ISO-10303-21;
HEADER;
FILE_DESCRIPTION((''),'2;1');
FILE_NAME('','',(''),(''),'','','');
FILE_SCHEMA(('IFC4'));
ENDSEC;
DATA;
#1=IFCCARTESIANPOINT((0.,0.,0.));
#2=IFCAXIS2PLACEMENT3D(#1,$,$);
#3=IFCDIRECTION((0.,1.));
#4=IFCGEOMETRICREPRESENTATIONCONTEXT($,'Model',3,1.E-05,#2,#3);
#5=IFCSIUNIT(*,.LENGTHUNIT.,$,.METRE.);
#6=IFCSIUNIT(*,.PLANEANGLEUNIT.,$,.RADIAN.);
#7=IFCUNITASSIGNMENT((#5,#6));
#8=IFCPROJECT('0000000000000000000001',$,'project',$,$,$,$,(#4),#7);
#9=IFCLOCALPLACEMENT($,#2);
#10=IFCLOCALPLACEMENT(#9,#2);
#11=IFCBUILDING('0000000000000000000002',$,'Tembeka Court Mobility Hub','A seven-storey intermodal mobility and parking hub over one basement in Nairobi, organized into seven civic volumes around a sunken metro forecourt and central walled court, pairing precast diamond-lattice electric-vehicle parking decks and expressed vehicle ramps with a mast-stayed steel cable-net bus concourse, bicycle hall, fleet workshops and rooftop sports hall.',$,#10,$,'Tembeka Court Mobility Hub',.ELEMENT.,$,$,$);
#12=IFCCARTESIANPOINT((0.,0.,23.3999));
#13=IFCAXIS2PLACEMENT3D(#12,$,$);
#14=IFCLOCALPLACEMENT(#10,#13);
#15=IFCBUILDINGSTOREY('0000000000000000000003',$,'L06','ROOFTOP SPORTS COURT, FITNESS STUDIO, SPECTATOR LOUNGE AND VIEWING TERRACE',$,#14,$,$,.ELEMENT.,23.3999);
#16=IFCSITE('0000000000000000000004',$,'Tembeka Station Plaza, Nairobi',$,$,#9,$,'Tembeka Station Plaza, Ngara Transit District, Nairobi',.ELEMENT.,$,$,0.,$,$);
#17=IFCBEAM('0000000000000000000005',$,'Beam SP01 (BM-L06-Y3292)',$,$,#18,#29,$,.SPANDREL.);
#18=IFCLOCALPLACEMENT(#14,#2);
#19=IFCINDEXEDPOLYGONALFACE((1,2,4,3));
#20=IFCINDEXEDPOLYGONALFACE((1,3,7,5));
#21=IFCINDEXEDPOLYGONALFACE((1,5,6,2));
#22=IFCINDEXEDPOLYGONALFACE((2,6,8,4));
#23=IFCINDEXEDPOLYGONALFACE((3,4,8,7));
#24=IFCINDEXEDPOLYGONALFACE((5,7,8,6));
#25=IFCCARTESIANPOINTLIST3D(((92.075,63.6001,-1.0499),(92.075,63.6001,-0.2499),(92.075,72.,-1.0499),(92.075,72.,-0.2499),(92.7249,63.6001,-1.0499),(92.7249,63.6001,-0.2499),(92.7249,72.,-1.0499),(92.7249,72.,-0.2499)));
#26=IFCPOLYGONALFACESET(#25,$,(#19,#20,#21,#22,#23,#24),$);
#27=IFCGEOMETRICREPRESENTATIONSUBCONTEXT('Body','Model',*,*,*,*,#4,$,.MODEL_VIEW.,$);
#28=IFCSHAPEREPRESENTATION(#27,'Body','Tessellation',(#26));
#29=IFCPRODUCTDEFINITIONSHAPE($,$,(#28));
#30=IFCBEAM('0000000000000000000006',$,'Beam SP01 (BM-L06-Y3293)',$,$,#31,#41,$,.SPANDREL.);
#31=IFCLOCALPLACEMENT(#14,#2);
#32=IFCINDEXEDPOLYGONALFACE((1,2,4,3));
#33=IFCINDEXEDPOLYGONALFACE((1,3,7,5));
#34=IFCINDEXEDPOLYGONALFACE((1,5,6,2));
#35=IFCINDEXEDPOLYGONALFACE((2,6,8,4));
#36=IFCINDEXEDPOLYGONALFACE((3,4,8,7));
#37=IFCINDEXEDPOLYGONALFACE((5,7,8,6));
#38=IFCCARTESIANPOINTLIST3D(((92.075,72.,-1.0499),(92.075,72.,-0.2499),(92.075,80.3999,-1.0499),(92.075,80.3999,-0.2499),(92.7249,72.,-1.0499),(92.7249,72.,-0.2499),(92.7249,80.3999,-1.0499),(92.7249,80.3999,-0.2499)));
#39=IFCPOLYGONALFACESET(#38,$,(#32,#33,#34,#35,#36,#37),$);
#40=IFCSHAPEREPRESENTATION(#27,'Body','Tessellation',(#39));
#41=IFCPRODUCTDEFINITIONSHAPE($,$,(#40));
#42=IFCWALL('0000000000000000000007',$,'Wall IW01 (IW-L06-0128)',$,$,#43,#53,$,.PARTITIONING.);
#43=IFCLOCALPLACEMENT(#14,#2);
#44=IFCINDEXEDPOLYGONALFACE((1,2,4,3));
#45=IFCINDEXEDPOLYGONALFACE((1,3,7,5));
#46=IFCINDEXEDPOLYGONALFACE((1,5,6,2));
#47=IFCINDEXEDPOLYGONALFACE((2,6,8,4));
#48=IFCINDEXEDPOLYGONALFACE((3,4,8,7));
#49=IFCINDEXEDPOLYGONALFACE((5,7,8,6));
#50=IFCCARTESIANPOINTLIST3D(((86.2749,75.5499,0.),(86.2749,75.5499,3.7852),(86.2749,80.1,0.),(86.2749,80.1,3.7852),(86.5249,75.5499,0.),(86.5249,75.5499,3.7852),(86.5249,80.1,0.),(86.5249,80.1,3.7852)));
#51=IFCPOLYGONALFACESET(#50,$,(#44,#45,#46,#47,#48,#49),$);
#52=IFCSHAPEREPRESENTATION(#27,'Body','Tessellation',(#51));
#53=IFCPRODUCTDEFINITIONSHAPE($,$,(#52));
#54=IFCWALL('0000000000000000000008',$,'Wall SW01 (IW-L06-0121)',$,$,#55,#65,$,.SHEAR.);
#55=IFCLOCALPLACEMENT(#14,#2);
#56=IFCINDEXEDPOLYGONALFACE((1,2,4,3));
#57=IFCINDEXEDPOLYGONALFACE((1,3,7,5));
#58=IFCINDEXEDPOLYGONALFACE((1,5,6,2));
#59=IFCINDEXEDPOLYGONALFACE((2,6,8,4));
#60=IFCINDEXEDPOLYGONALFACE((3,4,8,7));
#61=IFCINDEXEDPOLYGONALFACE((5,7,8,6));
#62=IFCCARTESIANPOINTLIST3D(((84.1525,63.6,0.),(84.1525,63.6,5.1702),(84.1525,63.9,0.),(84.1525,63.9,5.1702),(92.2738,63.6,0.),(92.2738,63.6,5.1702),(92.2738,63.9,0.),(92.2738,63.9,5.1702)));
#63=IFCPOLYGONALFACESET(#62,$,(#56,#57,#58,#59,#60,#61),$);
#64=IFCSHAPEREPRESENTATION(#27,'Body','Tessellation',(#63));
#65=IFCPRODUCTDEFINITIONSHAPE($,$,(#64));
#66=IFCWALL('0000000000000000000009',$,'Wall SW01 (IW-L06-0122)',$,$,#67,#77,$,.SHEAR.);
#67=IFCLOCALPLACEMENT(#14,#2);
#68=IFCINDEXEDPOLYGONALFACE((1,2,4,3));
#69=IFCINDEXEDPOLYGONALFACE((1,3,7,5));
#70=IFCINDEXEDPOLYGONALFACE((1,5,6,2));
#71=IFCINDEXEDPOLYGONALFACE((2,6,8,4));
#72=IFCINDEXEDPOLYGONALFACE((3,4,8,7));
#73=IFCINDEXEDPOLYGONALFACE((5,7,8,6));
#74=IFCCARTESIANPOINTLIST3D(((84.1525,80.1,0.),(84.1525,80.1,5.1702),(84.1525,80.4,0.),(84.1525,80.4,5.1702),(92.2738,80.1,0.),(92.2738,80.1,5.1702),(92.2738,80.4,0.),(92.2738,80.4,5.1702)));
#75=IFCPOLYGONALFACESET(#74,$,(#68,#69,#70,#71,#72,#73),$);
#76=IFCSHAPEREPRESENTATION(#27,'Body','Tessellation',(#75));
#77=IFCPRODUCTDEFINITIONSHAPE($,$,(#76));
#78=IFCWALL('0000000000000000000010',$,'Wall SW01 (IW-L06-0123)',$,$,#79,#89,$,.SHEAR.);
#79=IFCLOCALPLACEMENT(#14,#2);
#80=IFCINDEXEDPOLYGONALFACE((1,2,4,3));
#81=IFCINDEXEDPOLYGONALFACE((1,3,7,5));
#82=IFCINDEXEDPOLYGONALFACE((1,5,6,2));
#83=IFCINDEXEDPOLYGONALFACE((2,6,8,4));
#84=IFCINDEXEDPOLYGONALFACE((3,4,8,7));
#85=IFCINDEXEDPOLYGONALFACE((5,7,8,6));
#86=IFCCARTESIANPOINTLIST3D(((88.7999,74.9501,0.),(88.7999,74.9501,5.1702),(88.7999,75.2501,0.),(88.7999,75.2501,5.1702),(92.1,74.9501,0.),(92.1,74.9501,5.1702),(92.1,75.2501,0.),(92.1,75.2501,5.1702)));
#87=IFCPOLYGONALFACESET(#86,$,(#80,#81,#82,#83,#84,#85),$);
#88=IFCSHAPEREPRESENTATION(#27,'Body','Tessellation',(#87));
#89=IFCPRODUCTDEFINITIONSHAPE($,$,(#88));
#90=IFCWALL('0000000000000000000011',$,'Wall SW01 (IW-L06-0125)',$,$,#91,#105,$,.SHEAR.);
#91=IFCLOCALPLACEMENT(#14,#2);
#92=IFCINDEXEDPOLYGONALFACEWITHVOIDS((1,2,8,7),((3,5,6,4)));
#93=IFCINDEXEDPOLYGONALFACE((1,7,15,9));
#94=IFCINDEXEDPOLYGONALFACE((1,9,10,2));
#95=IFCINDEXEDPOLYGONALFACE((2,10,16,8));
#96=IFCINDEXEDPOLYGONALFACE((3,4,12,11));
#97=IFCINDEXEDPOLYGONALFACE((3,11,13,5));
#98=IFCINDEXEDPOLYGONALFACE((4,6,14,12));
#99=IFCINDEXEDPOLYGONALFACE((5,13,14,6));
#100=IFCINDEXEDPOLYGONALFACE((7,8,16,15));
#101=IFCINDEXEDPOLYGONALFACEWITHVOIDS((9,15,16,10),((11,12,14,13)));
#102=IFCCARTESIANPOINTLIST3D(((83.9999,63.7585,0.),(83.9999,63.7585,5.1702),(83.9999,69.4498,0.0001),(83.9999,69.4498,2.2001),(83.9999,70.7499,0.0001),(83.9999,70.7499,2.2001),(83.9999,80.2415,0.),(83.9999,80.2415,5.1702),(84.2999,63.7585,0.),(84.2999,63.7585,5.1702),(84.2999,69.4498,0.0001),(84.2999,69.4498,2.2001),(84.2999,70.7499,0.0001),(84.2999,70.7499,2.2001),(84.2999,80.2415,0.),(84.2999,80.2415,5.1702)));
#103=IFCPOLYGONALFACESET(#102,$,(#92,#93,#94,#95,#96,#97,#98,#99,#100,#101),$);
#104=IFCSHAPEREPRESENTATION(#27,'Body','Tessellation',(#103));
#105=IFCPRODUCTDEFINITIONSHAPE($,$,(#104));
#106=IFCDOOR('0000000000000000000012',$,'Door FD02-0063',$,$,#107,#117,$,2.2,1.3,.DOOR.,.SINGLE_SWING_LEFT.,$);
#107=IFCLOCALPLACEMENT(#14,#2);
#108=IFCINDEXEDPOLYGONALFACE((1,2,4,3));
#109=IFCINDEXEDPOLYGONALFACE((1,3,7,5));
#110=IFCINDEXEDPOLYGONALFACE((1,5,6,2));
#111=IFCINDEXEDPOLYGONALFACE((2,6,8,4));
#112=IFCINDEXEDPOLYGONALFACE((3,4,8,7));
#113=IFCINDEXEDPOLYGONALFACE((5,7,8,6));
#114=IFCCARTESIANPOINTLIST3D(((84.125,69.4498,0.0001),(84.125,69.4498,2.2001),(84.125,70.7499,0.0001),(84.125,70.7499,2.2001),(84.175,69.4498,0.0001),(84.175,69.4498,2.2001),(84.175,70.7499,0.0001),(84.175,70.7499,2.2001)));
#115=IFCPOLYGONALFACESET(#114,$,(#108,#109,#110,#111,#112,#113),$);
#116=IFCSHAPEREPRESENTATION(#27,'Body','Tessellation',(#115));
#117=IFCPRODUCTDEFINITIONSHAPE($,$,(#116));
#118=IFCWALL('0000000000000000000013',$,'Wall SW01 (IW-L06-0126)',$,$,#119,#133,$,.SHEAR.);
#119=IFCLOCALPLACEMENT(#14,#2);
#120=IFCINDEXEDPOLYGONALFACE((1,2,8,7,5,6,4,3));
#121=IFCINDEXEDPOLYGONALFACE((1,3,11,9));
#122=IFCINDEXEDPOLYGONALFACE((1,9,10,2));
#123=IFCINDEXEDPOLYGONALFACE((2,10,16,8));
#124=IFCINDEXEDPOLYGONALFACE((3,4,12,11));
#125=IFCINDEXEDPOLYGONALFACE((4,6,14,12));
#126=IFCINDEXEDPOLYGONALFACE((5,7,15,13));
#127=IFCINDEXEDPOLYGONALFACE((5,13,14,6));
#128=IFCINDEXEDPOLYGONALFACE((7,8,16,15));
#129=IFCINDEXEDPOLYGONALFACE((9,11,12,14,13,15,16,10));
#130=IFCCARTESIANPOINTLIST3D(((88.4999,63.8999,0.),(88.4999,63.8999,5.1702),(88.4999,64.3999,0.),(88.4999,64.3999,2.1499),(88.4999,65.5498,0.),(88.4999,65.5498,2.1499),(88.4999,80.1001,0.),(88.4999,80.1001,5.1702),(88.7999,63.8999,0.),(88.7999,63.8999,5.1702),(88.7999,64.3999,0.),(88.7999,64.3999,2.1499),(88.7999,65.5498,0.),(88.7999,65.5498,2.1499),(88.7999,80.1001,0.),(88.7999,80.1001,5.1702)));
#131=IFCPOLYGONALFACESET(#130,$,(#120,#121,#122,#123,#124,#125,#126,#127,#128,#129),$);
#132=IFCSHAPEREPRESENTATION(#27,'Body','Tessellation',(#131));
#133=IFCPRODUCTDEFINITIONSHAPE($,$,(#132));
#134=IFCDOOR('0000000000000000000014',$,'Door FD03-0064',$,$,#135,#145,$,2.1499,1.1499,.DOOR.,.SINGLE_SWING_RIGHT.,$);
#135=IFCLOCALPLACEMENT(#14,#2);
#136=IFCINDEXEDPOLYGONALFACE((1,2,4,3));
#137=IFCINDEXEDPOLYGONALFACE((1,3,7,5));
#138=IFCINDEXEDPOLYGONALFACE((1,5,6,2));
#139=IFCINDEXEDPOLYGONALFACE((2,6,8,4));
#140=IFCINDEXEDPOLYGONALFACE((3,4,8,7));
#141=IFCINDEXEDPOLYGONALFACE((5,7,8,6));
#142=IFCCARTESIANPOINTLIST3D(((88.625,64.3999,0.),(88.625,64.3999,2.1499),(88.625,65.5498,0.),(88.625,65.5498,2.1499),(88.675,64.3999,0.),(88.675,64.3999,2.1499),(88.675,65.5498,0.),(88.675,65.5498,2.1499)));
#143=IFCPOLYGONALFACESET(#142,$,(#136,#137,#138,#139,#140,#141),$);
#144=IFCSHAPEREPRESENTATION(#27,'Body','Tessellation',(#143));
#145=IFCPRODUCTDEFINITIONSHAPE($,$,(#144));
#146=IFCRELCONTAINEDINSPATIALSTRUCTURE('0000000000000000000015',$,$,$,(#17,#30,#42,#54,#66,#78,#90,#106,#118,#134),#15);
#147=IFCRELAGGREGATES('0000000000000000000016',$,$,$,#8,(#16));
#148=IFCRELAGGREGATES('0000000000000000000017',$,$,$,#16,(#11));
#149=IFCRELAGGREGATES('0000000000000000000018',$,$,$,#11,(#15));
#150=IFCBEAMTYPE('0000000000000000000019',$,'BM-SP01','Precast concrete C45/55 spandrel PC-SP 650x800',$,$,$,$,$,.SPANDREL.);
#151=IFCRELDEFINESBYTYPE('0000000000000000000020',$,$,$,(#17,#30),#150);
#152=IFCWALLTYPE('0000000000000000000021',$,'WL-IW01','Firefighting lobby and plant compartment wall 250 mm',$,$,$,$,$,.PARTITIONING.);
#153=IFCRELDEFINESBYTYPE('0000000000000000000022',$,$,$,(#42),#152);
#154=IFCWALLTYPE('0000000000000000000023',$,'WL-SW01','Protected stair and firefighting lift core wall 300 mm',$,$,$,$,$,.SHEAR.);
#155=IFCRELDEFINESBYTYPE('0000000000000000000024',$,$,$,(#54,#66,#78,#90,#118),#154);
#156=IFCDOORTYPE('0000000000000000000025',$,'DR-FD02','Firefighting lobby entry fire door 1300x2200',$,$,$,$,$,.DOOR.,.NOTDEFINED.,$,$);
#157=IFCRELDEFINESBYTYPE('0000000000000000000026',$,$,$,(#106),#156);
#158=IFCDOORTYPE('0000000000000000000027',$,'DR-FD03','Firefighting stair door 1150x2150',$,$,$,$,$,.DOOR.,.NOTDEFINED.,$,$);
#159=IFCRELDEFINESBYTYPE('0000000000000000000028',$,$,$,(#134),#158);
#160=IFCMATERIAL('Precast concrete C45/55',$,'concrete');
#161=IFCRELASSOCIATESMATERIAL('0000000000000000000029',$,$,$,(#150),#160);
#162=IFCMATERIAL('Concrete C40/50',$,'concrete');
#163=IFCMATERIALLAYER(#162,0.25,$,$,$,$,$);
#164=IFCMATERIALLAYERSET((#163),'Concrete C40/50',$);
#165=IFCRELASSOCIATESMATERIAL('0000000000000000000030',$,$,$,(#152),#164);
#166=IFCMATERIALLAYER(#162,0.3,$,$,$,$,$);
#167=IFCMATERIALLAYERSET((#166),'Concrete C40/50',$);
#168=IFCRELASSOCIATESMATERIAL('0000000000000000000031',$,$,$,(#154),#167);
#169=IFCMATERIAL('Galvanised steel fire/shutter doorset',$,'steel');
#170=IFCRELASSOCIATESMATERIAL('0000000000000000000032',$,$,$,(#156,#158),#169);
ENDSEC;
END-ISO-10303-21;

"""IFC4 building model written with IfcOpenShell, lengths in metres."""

from ifc_helpers import new_model, si_unit, direction, frame, frame_2d, origin, origin_2d, place, context, subcontext, project, spatial, rectangle, extrude, material, layer, layer_set, material_profile, profile_set, type_object, element, fill, save


model = new_model("IFC4")

# Units and contexts
model_context = context("Model", 3, precision=1e-05, world=origin(), true_north=direction((0.0, 1.0)))
body_context = subcontext(model_context, "Body", "Model", "MODEL_VIEW")
ifc_project = project(units=[si_unit("LENGTHUNIT", "METRE"), si_unit("PLANEANGLEUNIT", "RADIAN")], contexts=[model_context])

# Site, building, storey
site_placement = place(None, origin())
site = spatial("IfcSite", under=ifc_project, at=site_placement, Name="Tembeka Station Plaza, Nairobi", LongName="Tembeka Station Plaza, Ngara Transit District, Nairobi", CompositionType="ELEMENT", RefElevation=0.0)
building_placement = place(site_placement, origin())
building = spatial("IfcBuilding", under=site, at=building_placement, Name="Tembeka Court Mobility Hub", Description="A seven-storey intermodal mobility and parking hub over one basement in Nairobi, organized into seven civic volumes around a sunken metro forecourt and central walled court, pairing precast diamond-lattice electric-vehicle parking decks and expressed vehicle ramps with a mast-stayed steel cable-net bus concourse, bicycle hall, fleet workshops and rooftop sports hall.", LongName="Tembeka Court Mobility Hub", CompositionType="ELEMENT")
storey_placement = place(building_placement, frame((0.0, 0.0, 23.3999)))
storey = spatial("IfcBuildingStorey", under=building, at=storey_placement, Name="L06", Description="ROOFTOP SPORTS COURT, FITNESS STUDIO, SPECTATOR LOUNGE AND VIEWING TERRACE", CompositionType="ELEMENT", Elevation=23.3999)

# Beams
ifc_material_1 = material(Name="Precast concrete C45/55", Category="concrete")
ifc_material_profile_1 = material_profile(ifc_material_1, rectangle(XDim=0.6499, YDim=0.8, at=origin_2d()), Name="PC-SP 650x800")
ifc_profile_set_1 = profile_set([ifc_material_profile_1], Name="Precast concrete C45/55")
beam_type_1 = type_object("IfcBeamType", Name="BM-SP01", Description="Precast concrete C45/55 spandrel PC-SP 650x800", PredefinedType="SPANDREL", material=ifc_profile_set_1)
for number, where, z_axis, x_axis, name in (
    (1, (92.3999, 63.6001, -0.6499), (0.0, 1.0, 0.0), (-1.0, 0.0, 0.0), "Beam SP01 (BM-L06-Y3292)"),
    (2, (92.3999, 72.0, -0.6499), (0.0, 1.0, 0.0), (-1.0, 0.0, 0.0), "Beam SP01 (BM-L06-Y3293)"),
):
    element("IfcBeam", number, at=place(storey_placement, frame(where, z_axis=z_axis, x_axis=x_axis)), inside=storey, type_object=beam_type_1, Name=name, PredefinedType="SPANDREL", context=body_context, shape_type="SweptSolid", body=[
        extrude(rectangle(XDim=0.6499, YDim=0.8, at=origin_2d()), origin(), (0.0, 0.0, 1.0), 8.3999),
    ])

# Walls
ifc_material_2 = material(Name="Concrete C40/50", Category="concrete")
ifc_layer_1 = layer(ifc_material_2, 0.25)
ifc_layer_set_1 = layer_set([ifc_layer_1], Name="Concrete C40/50")
wall_type_1 = type_object("IfcWallType", Name="WL-IW01", Description="Firefighting lobby and plant compartment wall 250 mm", PredefinedType="PARTITIONING", material=ifc_layer_set_1)
wall_1_placement = place(storey_placement, frame((86.3999, 75.55, 0.0), z_axis=(0.0, 0.0, 1.0), x_axis=(0.0, 1.0, 0.0)))
element("IfcWall", 3, at=wall_1_placement, inside=storey, type_object=wall_type_1, Name="Wall IW01 (IW-L06-0128)", PredefinedType="PARTITIONING", context=body_context, shape_type="SweptSolid", body=[
    extrude(rectangle(XDim=4.55, YDim=0.25, at=frame_2d((2.2749, 0.0))), origin(), (0.0, 0.0, 1.0), 3.7852),
])
ifc_layer_2 = layer(ifc_material_2, 0.3)
ifc_layer_set_2 = layer_set([ifc_layer_2], Name="Concrete C40/50")
wall_type_2 = type_object("IfcWallType", Name="WL-SW01", Description="Protected stair and firefighting lift core wall 300 mm", PredefinedType="SHEAR", material=ifc_layer_set_2)
for number, where, z_axis, x_axis, name in (
    (4, (84.1526, 63.75, 0.0), (0.0, 0.0, 1.0), (1.0, 0.0, 0.0), "Wall SW01 (IW-L06-0121)"),
    (5, (84.1526, 80.25, 0.0), (0.0, 0.0, 1.0), (1.0, 0.0, 0.0), "Wall SW01 (IW-L06-0122)"),
):
    element("IfcWall", number, at=place(storey_placement, frame(where, z_axis=z_axis, x_axis=x_axis)), inside=storey, type_object=wall_type_2, Name=name, PredefinedType="SHEAR", context=body_context, shape_type="SweptSolid", body=[
        extrude(rectangle(XDim=8.1213, YDim=0.3, at=frame_2d((4.0605, 0.0))), origin(), (0.0, 0.0, 1.0), 5.1702),
    ])
wall_2_placement = place(storey_placement, frame((88.8, 75.1001, 0.0), z_axis=(0.0, 0.0, 1.0), x_axis=(1.0, 0.0, 0.0)))
element("IfcWall", 6, at=wall_2_placement, inside=storey, type_object=wall_type_2, Name="Wall SW01 (IW-L06-0123)", PredefinedType="SHEAR", context=body_context, shape_type="SweptSolid", body=[
    extrude(rectangle(XDim=3.3, YDim=0.3, at=frame_2d((1.6499, 0.0))), origin(), (0.0, 0.0, 1.0), 5.1702),
])

# Walls, openings, doors
wall_3_placement = place(storey_placement, frame((84.1499, 63.7585, 0.0), z_axis=(0.0, 0.0, 1.0), x_axis=(0.0, 1.0, 0.0)))
wall_3 = element("IfcWall", 7, at=wall_3_placement, inside=storey, type_object=wall_type_2, Name="Wall SW01 (IW-L06-0125)", PredefinedType="SHEAR", context=body_context, shape_type="SweptSolid", body=[
    extrude(rectangle(XDim=16.4829, YDim=0.3, at=frame_2d((8.2415, 0.0))), origin(), (0.0, 0.0, 1.0), 5.1702),
])
opening_1_placement = place(wall_3_placement, frame((5.6914, 0.0, 0.0)))
opening_1 = element("IfcOpeningElement", 8, at=opening_1_placement, cuts=wall_3, PredefinedType="OPENING", context=body_context, shape_type="SweptSolid", body=[
    extrude(rectangle(XDim=1.3, YDim=2.2, at=frame_2d((0.6499, 1.1001))), frame((0.0, 0.1602, 0.0), z_axis=(0.0, -1.0, 0.0), x_axis=(1.0, 0.0, 0.0)), (0.0, 0.0, 1.0), 0.3201),
])
ifc_material_3 = material(Name="Galvanised steel fire/shutter doorset", Category="steel")
door_type_1 = type_object("IfcDoorType", Name="DR-FD02", Description="Firefighting lobby entry fire door 1300x2200", OperationType="NOTDEFINED", PredefinedType="DOOR", material=ifc_material_3)
door_1_placement = place(opening_1_placement, origin())
door_1 = element("IfcDoor", 9, at=door_1_placement, inside=storey, type_object=door_type_1, Name="Door FD02-0063", OperationType="SINGLE_SWING_LEFT", OverallHeight=2.2, OverallWidth=1.3, PredefinedType="DOOR", context=body_context, shape_type="SweptSolid", body=[
    extrude(rectangle(XDim=1.3, YDim=2.2, at=frame_2d((0.6499, 1.1001))), frame((0.0, 0.0249, 0.0), z_axis=(0.0, -1.0, 0.0), x_axis=(1.0, 0.0, 0.0)), (0.0, 0.0, 1.0), 0.05),
])
fill(opening_1, door_1)
wall_4_placement = place(storey_placement, frame((88.6499, 63.8999, 0.0), z_axis=(0.0, 0.0, 1.0), x_axis=(0.0, 1.0, 0.0)))
wall_4 = element("IfcWall", 10, at=wall_4_placement, inside=storey, type_object=wall_type_2, Name="Wall SW01 (IW-L06-0126)", PredefinedType="SHEAR", context=body_context, shape_type="SweptSolid", body=[
    extrude(rectangle(XDim=16.2002, YDim=0.3, at=frame_2d((8.1001, 0.0))), origin(), (0.0, 0.0, 1.0), 5.1702),
])
opening_2_placement = place(wall_4_placement, frame((0.5, 0.0, 0.0)))
opening_2 = element("IfcOpeningElement", 11, at=opening_2_placement, cuts=wall_4, PredefinedType="OPENING", context=body_context, shape_type="SweptSolid", body=[
    extrude(rectangle(XDim=1.1499, YDim=2.1499, at=frame_2d((0.575, 1.075))), frame((0.0, 0.1602, 0.0), z_axis=(0.0, -1.0, 0.0), x_axis=(1.0, 0.0, 0.0)), (0.0, 0.0, 1.0), 0.3201),
])
door_type_2 = type_object("IfcDoorType", Name="DR-FD03", Description="Firefighting stair door 1150x2150", OperationType="NOTDEFINED", PredefinedType="DOOR", material=ifc_material_3)
door_2_placement = place(opening_2_placement, origin())
door_2 = element("IfcDoor", 12, at=door_2_placement, inside=storey, type_object=door_type_2, Name="Door FD03-0064", OperationType="SINGLE_SWING_RIGHT", OverallHeight=2.1499, OverallWidth=1.1499, PredefinedType="DOOR", context=body_context, shape_type="SweptSolid", body=[
    extrude(rectangle(XDim=1.1499, YDim=2.1499, at=frame_2d((0.575, 1.075))), frame((0.0, 0.0249, 0.0), z_axis=(0.0, -1.0, 0.0), x_axis=(1.0, 0.0, 0.0)), (0.0, 0.0, 1.0), 0.05),
])
fill(opening_2, door_2)

save(model, "model.ifc")
